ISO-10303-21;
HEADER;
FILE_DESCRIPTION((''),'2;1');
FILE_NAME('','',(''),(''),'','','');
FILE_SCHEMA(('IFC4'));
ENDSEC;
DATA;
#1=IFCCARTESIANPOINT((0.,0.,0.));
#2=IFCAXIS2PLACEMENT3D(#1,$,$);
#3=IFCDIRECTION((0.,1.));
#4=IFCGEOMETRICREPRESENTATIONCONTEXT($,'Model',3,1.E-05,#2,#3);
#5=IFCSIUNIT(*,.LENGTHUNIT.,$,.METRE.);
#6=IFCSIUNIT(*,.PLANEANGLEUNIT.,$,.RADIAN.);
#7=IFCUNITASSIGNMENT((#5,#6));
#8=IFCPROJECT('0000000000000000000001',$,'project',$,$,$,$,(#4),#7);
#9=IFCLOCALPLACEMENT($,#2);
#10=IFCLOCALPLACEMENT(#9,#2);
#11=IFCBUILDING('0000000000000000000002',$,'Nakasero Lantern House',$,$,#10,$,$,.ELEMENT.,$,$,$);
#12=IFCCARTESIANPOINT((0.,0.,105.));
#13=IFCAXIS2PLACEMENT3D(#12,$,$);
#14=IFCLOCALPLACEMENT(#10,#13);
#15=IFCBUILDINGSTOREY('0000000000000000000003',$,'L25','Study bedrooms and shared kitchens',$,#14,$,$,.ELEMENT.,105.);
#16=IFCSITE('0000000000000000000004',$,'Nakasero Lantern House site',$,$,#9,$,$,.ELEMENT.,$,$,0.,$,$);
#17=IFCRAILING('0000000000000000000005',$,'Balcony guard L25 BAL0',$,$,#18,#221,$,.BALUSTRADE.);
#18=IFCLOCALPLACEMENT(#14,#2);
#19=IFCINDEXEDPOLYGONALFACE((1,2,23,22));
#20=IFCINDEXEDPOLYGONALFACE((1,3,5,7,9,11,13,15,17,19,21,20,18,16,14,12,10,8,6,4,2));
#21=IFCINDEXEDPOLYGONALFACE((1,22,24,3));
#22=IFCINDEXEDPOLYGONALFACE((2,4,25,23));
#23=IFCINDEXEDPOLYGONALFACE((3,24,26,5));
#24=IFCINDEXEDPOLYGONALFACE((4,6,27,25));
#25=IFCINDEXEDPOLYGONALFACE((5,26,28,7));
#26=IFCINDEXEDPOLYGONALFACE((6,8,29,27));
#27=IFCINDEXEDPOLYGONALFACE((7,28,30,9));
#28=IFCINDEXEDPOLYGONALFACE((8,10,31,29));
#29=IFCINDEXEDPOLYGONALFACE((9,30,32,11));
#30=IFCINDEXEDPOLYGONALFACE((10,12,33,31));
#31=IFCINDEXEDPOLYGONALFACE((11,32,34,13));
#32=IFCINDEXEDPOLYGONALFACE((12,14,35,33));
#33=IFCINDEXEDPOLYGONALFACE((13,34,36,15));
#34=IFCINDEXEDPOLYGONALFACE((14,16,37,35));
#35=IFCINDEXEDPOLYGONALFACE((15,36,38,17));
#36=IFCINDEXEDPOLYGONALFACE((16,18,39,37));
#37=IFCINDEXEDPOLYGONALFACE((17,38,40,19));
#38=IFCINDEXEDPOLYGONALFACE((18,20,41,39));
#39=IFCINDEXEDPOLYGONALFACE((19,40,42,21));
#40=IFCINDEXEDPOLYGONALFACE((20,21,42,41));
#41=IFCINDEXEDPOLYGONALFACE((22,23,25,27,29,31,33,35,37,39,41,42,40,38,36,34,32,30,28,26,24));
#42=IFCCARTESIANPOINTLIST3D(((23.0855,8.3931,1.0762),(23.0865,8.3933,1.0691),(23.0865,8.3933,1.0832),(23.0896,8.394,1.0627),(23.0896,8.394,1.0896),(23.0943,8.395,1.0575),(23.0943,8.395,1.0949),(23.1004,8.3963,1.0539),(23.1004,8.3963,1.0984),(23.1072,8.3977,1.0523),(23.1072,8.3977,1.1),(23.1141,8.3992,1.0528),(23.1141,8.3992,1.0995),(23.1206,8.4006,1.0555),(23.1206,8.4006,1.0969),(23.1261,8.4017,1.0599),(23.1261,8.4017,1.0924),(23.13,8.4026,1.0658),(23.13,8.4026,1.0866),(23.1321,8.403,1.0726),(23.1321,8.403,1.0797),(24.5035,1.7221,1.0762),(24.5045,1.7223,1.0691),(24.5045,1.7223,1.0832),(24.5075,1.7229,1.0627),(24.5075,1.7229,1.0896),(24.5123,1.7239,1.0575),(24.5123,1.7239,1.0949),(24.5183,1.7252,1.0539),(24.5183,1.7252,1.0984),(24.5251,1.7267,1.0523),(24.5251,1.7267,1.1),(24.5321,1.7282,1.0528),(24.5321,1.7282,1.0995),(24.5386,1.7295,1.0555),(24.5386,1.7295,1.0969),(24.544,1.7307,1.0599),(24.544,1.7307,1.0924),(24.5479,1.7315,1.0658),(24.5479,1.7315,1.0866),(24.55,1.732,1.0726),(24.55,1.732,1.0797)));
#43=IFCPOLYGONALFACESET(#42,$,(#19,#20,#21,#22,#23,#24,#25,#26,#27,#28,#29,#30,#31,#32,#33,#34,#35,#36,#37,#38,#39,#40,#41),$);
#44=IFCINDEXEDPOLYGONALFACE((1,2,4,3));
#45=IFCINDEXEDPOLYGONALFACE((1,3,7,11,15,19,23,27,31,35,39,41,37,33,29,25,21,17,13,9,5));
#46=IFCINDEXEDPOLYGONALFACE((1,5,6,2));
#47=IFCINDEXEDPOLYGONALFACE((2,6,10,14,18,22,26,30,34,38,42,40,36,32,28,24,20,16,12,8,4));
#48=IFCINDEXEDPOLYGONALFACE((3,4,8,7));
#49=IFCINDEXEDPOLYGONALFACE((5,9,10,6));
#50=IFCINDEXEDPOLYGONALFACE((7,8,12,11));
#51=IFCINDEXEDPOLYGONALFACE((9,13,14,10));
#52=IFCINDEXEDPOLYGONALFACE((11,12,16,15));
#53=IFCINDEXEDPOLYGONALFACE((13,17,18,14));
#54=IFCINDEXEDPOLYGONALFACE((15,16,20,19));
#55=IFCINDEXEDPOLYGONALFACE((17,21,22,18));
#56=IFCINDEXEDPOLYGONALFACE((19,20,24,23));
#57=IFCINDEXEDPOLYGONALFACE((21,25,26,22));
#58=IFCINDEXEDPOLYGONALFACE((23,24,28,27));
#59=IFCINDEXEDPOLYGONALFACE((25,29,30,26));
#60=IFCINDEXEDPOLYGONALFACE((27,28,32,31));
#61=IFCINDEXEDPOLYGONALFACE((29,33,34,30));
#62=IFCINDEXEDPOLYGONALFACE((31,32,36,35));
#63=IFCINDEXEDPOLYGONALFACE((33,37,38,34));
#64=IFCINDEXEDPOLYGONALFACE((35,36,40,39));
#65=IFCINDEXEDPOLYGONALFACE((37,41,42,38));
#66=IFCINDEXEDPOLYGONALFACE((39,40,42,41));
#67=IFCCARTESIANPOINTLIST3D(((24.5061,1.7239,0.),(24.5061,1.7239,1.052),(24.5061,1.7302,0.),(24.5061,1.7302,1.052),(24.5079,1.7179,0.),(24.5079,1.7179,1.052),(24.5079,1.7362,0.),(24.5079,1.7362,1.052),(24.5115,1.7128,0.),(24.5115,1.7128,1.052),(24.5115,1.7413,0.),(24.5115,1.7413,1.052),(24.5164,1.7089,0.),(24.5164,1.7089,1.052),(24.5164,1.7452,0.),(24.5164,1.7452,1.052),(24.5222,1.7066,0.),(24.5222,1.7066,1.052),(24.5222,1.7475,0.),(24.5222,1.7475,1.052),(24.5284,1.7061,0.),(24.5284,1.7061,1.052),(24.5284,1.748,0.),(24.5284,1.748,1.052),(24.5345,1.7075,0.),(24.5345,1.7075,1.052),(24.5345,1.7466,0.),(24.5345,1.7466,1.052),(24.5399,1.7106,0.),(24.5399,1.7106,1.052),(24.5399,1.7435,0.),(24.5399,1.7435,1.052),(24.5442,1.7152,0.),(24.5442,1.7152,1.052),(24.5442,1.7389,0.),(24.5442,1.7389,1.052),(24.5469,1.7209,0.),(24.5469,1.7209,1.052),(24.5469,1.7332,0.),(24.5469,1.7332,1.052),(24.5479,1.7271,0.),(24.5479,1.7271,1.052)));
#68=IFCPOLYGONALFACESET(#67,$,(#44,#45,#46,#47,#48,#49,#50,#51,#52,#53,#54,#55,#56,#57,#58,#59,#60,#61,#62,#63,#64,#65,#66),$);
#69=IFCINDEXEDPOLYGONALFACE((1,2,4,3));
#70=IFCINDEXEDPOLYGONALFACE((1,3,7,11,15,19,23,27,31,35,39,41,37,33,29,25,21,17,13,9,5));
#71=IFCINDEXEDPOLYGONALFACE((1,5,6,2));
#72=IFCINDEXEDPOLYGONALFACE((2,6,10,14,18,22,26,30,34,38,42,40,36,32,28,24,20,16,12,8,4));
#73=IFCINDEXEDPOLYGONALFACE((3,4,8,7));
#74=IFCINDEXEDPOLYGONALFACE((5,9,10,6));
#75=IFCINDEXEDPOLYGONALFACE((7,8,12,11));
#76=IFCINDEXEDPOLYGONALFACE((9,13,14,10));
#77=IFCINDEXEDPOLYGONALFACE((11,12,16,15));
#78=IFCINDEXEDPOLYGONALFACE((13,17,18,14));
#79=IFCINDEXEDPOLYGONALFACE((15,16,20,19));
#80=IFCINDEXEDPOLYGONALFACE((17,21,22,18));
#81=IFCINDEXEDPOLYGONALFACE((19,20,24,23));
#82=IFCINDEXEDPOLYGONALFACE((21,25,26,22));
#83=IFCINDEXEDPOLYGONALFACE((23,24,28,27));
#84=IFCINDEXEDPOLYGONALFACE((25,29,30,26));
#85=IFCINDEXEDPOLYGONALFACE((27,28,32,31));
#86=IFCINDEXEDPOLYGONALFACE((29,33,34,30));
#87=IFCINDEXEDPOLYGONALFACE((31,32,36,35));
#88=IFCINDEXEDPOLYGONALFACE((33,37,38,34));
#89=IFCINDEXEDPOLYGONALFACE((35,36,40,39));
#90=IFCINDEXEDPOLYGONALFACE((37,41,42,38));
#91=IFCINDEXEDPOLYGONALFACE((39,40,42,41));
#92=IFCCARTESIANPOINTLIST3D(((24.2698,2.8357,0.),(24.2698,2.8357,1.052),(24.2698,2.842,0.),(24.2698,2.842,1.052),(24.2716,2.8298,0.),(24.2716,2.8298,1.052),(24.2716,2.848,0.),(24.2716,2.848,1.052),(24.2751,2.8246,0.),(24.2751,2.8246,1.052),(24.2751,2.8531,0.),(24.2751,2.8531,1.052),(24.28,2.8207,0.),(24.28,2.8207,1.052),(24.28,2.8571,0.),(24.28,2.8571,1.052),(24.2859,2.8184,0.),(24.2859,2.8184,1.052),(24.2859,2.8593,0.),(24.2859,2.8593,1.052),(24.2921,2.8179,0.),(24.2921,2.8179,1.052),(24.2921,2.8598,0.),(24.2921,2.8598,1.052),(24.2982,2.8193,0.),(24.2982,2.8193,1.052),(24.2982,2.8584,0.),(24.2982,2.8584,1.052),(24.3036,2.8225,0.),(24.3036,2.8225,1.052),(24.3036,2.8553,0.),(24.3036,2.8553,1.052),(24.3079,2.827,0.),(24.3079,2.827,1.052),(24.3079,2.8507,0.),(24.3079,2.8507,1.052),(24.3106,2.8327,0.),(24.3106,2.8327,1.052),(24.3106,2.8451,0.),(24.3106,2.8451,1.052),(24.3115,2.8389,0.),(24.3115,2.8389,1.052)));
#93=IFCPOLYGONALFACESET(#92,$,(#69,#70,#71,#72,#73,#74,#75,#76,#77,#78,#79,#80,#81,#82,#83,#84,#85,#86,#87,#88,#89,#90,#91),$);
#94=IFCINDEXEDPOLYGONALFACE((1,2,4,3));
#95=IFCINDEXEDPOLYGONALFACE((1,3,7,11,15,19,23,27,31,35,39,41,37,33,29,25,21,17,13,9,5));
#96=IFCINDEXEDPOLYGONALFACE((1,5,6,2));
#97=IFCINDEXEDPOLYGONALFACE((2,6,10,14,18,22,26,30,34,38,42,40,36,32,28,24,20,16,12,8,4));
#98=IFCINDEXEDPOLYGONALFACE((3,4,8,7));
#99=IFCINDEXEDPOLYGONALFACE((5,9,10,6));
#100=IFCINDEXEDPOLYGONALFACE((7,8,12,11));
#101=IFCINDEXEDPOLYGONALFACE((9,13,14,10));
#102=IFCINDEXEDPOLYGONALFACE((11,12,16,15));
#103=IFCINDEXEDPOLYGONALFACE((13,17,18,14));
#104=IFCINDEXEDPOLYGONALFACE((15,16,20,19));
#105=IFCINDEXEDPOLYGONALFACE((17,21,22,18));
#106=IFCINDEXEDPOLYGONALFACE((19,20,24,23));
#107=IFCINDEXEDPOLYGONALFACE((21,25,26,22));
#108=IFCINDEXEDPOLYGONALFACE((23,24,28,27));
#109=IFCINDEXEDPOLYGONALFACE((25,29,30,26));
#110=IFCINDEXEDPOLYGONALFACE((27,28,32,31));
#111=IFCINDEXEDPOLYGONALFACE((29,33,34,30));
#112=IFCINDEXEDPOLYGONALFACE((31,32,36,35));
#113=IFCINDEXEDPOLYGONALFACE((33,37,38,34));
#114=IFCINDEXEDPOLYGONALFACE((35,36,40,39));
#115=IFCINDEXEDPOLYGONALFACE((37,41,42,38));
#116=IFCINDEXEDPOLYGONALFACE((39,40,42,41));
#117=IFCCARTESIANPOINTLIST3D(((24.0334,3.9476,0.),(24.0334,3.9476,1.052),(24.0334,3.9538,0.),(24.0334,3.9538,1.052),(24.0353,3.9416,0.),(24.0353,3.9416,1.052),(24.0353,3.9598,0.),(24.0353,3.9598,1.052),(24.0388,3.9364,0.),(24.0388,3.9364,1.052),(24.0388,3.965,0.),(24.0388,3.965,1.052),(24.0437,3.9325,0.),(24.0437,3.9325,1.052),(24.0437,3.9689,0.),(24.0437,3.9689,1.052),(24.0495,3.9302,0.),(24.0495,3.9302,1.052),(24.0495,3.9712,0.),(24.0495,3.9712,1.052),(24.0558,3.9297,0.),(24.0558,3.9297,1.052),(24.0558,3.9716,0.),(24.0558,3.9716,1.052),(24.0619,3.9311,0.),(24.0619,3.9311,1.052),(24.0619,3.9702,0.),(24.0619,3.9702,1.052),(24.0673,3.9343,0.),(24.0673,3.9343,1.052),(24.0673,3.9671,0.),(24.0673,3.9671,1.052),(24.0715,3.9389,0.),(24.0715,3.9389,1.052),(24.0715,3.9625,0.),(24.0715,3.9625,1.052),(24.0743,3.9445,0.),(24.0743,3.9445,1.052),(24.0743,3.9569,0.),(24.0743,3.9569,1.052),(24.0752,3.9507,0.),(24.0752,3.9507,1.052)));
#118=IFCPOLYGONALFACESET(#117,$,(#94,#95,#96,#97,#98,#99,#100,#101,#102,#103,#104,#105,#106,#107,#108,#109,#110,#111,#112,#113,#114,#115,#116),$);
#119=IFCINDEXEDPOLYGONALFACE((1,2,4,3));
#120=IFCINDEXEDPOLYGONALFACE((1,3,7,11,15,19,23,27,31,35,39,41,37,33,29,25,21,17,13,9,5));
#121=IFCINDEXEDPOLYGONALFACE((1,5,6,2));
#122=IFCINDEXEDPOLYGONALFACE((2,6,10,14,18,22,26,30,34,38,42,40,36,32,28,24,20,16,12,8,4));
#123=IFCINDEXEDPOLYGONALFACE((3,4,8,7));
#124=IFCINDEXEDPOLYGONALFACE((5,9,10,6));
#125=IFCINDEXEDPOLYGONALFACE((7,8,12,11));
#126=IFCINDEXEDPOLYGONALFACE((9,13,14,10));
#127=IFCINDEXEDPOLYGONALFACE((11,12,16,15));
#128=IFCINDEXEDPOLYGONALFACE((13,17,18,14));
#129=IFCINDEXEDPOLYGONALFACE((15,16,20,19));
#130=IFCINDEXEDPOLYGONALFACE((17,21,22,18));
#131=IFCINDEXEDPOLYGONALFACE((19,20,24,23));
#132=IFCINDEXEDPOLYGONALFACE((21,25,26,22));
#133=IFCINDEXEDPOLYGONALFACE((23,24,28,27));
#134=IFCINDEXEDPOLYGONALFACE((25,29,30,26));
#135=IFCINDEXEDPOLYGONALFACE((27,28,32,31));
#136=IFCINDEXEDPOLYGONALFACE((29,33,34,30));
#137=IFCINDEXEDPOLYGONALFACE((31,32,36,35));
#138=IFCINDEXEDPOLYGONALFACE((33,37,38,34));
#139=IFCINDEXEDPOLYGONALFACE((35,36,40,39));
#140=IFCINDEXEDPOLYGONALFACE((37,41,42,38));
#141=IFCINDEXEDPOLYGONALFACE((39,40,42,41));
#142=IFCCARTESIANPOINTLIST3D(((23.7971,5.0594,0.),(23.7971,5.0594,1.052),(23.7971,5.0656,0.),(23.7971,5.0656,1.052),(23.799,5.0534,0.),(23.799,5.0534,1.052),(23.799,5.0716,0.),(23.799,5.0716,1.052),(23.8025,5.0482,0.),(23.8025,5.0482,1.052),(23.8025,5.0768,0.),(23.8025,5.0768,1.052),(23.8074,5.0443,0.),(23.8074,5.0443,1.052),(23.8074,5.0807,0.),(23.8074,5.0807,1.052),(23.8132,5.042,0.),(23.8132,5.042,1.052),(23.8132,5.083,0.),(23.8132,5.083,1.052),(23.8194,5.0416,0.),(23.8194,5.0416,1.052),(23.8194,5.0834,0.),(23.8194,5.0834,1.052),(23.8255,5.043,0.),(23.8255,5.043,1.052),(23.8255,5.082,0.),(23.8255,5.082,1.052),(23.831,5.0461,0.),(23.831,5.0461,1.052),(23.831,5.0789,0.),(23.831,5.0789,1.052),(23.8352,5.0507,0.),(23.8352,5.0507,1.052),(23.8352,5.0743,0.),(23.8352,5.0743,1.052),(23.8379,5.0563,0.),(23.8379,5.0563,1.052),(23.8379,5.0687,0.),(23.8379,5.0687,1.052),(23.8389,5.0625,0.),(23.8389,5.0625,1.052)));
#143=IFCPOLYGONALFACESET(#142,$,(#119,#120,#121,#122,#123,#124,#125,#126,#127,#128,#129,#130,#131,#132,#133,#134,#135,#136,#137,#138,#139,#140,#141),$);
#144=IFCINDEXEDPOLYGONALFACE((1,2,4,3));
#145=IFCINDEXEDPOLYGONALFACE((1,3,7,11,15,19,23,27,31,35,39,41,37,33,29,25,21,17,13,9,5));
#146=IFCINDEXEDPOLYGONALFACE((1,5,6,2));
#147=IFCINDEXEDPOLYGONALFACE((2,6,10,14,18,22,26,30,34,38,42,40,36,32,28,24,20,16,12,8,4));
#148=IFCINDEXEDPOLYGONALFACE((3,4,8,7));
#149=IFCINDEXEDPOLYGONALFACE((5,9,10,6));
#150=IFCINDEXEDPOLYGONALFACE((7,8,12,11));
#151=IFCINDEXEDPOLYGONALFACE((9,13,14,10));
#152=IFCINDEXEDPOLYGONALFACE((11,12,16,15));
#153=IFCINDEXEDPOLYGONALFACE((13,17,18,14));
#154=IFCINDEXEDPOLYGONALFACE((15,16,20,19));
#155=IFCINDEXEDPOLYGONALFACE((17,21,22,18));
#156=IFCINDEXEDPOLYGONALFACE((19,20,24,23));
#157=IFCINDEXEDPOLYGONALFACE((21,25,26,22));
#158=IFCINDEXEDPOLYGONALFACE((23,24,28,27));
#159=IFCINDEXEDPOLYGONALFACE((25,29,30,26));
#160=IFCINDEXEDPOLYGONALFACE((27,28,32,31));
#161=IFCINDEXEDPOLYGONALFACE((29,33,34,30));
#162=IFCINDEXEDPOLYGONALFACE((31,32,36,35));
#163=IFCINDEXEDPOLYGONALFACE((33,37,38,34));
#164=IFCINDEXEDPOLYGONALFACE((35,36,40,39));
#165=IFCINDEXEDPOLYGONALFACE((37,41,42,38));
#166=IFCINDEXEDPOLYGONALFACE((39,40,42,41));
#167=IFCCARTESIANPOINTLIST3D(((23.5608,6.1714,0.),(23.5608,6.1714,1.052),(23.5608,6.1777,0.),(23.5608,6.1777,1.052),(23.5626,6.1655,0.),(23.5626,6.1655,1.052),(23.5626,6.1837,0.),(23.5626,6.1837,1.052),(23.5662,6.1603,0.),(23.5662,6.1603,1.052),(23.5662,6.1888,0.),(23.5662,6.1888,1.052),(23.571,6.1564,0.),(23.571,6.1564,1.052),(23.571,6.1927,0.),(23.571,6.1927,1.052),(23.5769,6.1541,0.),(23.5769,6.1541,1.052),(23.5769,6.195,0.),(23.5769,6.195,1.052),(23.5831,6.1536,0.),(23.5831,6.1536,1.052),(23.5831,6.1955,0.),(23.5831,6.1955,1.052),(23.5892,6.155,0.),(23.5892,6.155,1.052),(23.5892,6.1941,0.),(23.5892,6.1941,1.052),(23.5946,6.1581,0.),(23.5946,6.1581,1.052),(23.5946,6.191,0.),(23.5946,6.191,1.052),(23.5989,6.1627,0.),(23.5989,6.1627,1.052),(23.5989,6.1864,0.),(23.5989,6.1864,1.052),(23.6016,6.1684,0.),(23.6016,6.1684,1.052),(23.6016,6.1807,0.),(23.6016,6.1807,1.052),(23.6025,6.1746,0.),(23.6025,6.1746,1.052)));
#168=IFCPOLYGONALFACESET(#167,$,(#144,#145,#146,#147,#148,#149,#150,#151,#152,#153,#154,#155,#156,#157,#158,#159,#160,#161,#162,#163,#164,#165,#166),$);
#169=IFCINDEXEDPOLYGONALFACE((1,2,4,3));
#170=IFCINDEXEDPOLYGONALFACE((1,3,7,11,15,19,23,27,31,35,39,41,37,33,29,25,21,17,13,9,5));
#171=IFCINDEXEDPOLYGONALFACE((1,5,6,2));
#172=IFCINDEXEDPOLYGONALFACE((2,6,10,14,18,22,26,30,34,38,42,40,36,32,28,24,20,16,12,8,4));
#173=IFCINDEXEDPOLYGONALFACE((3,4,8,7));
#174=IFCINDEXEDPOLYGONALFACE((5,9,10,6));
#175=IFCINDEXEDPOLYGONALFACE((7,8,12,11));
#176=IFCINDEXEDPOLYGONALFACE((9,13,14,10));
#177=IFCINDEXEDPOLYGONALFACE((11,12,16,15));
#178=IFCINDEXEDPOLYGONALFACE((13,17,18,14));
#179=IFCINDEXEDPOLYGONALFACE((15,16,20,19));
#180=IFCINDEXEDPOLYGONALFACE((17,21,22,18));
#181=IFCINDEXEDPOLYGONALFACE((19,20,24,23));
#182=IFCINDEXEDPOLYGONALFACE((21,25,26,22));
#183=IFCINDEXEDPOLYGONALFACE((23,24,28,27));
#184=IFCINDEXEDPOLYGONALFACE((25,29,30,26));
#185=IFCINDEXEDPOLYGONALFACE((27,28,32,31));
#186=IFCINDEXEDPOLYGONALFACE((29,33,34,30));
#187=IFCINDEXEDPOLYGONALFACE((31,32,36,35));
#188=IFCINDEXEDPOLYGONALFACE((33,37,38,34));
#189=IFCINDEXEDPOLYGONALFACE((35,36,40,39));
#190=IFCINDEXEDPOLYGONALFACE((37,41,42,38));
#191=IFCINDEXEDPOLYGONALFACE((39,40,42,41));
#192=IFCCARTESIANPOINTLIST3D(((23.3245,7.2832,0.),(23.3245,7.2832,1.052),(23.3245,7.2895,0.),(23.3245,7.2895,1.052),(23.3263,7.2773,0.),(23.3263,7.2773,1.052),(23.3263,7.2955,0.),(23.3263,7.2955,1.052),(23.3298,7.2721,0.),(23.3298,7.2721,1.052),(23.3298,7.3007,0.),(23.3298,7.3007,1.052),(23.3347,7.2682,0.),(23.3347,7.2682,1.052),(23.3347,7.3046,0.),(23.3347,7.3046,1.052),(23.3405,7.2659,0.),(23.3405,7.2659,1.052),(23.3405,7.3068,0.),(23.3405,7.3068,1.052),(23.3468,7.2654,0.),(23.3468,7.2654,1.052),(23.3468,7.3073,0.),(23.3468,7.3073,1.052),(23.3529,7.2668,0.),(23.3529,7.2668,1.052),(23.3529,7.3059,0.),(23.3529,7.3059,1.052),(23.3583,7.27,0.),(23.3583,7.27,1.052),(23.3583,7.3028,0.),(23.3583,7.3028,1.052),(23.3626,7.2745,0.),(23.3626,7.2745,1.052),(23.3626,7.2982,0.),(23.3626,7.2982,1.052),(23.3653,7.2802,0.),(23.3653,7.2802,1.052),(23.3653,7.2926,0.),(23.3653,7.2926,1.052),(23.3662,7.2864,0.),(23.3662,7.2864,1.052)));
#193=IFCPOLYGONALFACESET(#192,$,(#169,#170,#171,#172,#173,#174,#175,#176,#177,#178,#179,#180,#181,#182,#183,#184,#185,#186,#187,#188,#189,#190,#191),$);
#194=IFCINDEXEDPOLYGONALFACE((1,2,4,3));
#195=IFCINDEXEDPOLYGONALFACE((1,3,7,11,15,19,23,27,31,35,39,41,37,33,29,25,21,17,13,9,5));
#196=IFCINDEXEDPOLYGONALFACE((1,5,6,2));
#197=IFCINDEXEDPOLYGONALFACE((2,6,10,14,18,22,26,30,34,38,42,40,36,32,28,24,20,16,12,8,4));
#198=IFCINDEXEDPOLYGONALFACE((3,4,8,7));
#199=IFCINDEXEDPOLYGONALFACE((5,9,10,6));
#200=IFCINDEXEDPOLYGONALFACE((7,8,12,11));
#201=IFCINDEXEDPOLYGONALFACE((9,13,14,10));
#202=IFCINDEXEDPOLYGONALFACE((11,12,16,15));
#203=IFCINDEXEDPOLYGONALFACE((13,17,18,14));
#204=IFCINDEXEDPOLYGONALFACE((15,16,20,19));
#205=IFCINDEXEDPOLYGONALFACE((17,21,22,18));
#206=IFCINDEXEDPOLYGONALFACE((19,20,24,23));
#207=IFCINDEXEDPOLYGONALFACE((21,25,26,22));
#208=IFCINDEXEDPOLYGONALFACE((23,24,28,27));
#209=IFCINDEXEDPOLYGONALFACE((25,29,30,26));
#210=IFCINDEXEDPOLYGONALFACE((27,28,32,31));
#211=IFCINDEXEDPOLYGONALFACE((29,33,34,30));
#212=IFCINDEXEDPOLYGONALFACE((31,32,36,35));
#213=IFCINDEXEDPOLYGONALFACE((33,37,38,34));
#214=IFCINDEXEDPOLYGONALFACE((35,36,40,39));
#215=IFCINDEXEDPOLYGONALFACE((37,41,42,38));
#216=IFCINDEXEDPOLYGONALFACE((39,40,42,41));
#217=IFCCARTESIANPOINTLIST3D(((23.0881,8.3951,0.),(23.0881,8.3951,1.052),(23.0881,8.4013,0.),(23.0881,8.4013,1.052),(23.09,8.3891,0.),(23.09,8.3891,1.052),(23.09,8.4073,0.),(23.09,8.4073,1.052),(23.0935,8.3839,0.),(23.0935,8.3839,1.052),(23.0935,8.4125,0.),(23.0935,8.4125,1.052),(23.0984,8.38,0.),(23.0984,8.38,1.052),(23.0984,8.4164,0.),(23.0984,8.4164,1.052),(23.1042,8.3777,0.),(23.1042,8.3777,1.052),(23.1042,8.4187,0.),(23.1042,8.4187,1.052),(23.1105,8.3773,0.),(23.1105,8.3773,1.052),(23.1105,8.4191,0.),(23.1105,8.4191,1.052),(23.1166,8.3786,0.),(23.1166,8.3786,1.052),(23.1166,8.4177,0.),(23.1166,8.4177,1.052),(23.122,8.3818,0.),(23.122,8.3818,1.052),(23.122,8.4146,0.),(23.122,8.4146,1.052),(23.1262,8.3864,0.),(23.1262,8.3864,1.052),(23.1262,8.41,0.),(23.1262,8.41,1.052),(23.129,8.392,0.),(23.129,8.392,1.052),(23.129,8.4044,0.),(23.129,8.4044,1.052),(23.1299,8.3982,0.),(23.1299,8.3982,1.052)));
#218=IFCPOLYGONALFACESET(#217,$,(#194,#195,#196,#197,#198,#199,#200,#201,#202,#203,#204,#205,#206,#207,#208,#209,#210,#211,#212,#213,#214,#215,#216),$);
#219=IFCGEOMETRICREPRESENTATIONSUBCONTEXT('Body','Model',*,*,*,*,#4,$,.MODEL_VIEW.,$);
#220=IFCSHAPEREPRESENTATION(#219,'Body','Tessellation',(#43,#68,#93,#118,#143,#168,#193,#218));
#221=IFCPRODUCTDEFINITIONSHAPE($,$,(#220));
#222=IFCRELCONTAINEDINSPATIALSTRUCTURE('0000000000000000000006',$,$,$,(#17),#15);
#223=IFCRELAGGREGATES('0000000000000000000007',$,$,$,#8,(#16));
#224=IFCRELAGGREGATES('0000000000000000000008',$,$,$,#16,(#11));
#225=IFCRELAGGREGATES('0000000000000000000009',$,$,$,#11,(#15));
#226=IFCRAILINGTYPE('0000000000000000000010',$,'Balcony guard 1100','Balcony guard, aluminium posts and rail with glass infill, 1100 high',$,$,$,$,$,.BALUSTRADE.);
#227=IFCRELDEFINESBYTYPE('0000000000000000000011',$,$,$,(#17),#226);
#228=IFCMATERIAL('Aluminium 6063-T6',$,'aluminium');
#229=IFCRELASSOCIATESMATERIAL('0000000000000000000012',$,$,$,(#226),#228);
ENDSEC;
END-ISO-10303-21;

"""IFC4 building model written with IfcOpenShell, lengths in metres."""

from ifc_helpers import new_model, si_unit, direction, frame, origin, origin_2d, place, context, subcontext, project, spatial, circle, extrude, material, type_object, element, save


model = new_model("IFC4")

# Units and contexts
model_context = context("Model", 3, precision=1e-05, world=origin(), true_north=direction((0.0, 1.0)))
body_context = subcontext(model_context, "Body", "Model", "MODEL_VIEW")
ifc_project = project(units=[si_unit("LENGTHUNIT", "METRE"), si_unit("PLANEANGLEUNIT", "RADIAN")], contexts=[model_context])

# Site, building, storey
site_placement = place(None, origin())
site = spatial("IfcSite", under=ifc_project, at=site_placement, Name="Nakasero Lantern House site", CompositionType="ELEMENT", RefElevation=0.0)
building_placement = place(site_placement, origin())
building = spatial("IfcBuilding", under=site, at=building_placement, Name="Nakasero Lantern House", CompositionType="ELEMENT")
storey_placement = place(building_placement, frame((0.0, 0.0, 105.0)))
storey = spatial("IfcBuildingStorey", under=building, at=storey_placement, Name="L25", Description="Study bedrooms and shared kitchens", CompositionType="ELEMENT", Elevation=105.0)

# Railing
ifc_material_1 = material(Name="Aluminium 6063-T6", Category="aluminium")
railing_type = type_object("IfcRailingType", Name="Balcony guard 1100", Description="Balcony guard, aluminium posts and rail with glass infill, 1100 high", PredefinedType="BALUSTRADE", material=ifc_material_1)
railing_placement = place(storey_placement, frame((24.5269, 1.7271, 0.0)))
element("IfcRailing", 1, at=railing_placement, inside=storey, type_object=railing_type, Name="Balcony guard L25 BAL0", PredefinedType="BALUSTRADE", context=body_context, shape_type="SweptSolid", body=[
    extrude(circle(Radius=0.0239, at=origin_2d()), frame((0.0, 0.0, 1.0762), z_axis=(-0.207908, 0.978148, 0.0), x_axis=(-0.978148, -0.207908, 0.0)), (0.0, 0.0, 1.0), 6.8201),
    extrude(circle(Radius=0.021, at=origin_2d()), origin(), (0.0, 0.0, 1.0), 1.052),
    extrude(circle(Radius=0.021, at=origin_2d()), frame((-0.2363, 1.1118, 0.0)), (0.0, 0.0, 1.0), 1.052),
    extrude(circle(Radius=0.021, at=origin_2d()), frame((-0.4727, 2.2236, 0.0)), (0.0, 0.0, 1.0), 1.052),
    extrude(circle(Radius=0.021, at=origin_2d()), frame((-0.709, 3.3354, 0.0)), (0.0, 0.0, 1.0), 1.052),
    extrude(circle(Radius=0.021, at=origin_2d()), frame((-0.9453, 4.4475, 0.0)), (0.0, 0.0, 1.0), 1.052),
    extrude(circle(Radius=0.021, at=origin_2d()), frame((-1.1816, 5.5593, 0.0)), (0.0, 0.0, 1.0), 1.052),
    extrude(circle(Radius=0.021, at=origin_2d()), frame((-1.418, 6.6711, 0.0)), (0.0, 0.0, 1.0), 1.052),
])

save(model, "model.ifc")
